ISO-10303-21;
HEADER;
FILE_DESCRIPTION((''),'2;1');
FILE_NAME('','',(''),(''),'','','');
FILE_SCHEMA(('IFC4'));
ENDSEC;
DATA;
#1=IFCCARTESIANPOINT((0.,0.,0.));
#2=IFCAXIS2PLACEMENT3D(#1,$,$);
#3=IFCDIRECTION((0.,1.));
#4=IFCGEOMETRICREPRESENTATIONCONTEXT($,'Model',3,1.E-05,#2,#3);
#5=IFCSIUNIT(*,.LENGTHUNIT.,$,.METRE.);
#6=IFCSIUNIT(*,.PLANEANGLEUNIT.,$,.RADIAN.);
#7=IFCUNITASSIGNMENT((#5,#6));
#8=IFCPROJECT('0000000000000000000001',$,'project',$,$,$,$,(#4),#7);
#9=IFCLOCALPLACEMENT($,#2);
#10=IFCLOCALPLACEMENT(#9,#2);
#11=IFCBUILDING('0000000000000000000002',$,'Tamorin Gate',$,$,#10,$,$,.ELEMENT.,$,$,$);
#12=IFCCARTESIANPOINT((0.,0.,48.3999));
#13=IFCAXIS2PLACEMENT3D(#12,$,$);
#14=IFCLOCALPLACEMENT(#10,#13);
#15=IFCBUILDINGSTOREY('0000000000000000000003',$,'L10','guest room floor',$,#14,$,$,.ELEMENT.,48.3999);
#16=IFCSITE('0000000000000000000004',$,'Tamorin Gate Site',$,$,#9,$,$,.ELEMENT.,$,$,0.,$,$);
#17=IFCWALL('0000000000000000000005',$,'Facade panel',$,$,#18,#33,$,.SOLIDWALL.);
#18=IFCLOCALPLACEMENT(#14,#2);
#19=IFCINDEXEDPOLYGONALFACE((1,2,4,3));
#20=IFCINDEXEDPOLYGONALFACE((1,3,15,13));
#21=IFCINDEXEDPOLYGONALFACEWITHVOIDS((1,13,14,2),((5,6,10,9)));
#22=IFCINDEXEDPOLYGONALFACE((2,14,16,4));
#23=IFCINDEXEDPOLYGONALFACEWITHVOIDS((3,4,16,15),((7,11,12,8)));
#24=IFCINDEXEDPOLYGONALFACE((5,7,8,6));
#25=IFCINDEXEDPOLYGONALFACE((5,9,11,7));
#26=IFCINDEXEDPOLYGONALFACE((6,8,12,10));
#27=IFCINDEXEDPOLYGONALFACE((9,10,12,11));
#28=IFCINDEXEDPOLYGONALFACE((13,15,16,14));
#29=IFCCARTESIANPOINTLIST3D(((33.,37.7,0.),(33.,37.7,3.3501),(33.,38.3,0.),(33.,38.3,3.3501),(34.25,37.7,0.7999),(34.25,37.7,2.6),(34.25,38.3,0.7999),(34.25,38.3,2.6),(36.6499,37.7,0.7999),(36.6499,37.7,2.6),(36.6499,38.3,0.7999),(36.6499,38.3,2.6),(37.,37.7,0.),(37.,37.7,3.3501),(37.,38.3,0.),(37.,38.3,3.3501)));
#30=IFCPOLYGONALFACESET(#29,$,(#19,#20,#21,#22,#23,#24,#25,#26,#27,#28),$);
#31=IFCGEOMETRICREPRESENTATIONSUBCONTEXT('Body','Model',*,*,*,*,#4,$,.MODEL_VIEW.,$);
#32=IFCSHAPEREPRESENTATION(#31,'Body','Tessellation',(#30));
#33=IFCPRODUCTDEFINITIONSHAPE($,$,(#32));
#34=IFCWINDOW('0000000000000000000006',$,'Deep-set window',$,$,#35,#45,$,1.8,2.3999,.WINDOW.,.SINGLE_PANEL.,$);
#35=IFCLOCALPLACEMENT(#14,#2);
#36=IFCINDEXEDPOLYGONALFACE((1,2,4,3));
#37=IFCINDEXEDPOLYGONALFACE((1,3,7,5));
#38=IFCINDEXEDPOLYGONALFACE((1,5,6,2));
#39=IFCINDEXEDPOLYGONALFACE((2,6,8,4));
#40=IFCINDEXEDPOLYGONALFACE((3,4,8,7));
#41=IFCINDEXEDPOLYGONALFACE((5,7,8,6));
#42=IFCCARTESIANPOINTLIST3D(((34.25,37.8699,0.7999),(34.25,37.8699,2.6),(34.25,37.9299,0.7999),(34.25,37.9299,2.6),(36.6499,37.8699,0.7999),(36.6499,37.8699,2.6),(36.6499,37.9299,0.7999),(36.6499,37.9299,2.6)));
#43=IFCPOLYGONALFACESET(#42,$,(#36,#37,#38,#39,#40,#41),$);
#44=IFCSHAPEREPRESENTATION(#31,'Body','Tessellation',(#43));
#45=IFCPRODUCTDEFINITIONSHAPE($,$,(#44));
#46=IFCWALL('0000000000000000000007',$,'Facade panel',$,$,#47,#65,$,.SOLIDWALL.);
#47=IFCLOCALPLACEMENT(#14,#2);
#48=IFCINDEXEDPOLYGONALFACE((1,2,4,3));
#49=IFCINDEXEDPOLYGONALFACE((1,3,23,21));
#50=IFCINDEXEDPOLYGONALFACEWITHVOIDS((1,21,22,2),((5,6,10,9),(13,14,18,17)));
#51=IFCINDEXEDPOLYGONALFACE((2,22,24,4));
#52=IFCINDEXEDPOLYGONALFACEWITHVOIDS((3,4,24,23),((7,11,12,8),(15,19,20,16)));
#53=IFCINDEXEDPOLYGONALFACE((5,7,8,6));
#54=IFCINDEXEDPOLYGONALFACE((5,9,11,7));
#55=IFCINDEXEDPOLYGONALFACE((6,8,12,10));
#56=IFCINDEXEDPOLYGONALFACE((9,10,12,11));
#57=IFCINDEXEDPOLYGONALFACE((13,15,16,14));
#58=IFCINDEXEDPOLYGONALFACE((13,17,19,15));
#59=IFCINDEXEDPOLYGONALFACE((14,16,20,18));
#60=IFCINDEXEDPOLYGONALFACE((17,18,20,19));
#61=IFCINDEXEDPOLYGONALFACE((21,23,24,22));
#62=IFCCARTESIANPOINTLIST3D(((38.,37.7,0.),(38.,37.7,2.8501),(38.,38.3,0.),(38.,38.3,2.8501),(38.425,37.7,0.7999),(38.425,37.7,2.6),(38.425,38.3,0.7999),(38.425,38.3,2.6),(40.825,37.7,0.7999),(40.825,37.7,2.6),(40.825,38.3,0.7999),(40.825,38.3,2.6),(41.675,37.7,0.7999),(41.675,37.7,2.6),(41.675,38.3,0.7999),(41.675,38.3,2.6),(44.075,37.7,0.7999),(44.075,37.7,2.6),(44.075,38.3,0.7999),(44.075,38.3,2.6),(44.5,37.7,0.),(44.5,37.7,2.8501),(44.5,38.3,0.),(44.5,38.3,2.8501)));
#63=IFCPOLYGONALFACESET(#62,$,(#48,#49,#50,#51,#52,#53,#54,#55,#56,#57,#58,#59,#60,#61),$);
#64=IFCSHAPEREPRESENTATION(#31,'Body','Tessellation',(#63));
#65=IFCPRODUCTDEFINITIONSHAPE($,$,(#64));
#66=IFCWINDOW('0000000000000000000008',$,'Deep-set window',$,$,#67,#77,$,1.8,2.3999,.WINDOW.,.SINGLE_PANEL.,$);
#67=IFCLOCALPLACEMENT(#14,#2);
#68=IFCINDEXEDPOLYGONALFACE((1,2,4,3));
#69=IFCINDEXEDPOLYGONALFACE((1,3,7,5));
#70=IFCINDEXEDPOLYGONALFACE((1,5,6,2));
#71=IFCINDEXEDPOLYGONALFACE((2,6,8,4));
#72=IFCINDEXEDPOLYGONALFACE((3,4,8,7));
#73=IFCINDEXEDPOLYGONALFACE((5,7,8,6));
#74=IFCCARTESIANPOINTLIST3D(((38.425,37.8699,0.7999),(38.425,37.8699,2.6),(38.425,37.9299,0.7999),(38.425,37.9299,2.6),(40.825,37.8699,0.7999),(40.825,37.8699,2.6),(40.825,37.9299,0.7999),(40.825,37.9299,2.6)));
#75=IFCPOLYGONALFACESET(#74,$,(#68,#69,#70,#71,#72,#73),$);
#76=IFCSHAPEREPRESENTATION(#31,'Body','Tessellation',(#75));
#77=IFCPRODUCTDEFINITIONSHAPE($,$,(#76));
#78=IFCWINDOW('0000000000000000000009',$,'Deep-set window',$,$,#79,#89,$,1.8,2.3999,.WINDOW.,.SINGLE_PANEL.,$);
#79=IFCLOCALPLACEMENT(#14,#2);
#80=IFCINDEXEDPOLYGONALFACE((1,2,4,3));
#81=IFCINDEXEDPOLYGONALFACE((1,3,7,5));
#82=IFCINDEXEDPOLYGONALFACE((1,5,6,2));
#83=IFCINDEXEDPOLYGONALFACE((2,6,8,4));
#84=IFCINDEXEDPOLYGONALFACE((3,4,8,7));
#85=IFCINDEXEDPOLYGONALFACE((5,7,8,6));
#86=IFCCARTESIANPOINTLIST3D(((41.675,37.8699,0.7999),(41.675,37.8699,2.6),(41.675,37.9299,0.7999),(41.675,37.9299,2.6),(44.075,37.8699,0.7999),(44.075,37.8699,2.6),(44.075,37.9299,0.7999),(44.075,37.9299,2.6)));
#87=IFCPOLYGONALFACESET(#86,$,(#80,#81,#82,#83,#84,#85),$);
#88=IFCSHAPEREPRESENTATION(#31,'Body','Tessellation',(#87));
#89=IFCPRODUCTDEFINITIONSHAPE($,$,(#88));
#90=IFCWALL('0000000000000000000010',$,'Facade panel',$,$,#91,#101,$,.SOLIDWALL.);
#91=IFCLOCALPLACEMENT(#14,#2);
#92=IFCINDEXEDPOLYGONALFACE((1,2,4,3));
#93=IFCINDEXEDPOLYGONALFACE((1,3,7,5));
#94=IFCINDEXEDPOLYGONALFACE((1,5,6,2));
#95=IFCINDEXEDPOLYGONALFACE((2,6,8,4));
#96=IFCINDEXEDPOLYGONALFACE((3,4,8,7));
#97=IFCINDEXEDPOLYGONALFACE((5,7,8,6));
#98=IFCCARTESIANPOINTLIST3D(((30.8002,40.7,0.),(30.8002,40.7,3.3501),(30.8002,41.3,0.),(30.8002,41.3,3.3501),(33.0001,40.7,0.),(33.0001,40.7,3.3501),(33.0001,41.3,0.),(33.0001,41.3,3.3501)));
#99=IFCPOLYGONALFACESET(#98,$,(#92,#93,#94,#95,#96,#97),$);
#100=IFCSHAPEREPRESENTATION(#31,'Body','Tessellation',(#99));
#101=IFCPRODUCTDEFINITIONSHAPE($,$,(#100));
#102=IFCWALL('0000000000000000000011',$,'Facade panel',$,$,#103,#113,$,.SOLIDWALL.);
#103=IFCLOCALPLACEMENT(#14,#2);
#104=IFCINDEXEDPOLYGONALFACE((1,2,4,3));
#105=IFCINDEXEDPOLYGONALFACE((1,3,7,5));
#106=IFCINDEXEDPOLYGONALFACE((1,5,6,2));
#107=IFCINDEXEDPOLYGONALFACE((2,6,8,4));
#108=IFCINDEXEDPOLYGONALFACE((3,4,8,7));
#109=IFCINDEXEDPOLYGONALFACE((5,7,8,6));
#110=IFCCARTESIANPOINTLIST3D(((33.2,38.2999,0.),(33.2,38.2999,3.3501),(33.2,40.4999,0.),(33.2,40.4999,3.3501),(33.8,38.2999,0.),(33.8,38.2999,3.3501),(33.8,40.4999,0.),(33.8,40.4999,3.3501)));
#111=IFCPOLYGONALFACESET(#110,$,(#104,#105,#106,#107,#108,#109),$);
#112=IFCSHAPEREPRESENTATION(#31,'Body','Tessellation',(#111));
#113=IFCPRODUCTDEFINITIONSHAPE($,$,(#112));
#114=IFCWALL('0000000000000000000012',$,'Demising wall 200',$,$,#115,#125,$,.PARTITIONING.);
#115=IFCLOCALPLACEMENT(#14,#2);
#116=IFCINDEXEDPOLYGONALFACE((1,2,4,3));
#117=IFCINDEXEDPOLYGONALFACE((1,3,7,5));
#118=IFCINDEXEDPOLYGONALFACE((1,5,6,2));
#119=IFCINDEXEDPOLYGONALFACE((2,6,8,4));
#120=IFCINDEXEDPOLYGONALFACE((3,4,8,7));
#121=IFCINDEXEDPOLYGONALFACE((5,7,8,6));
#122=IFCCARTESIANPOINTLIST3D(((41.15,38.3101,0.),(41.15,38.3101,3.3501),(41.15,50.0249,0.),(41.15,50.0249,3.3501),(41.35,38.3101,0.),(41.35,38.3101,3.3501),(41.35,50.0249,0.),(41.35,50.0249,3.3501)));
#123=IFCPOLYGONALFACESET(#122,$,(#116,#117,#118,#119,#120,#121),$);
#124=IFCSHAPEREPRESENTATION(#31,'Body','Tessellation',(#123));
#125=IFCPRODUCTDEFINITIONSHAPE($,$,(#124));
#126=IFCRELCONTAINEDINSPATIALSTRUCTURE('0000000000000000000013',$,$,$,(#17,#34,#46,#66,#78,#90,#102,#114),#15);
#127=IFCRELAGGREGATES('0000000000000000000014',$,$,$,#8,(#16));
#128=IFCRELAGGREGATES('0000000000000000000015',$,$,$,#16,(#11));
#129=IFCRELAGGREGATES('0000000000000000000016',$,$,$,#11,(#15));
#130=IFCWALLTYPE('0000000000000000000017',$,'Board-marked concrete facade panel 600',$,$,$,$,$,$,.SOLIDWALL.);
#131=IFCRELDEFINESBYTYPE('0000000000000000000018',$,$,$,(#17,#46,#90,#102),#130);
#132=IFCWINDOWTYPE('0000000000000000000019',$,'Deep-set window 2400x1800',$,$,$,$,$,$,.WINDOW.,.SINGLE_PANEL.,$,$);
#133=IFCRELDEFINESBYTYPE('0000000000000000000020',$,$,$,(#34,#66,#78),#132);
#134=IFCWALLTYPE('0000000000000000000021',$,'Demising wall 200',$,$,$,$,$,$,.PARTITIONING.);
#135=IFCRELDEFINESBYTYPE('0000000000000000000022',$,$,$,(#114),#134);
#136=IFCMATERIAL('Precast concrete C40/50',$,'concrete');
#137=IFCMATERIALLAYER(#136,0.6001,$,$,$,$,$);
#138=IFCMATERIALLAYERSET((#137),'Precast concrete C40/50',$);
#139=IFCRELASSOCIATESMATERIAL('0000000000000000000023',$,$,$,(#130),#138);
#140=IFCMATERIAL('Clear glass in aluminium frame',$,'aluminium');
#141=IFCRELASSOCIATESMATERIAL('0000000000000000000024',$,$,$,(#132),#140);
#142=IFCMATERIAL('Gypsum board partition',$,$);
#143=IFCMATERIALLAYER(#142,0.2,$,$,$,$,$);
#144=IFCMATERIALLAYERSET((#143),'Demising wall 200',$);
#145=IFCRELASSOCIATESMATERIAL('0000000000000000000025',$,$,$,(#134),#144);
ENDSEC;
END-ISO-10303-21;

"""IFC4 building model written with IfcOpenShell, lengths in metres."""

from ifc_helpers import new_model, si_unit, direction, frame, frame_2d, origin, place, context, subcontext, project, spatial, rectangle, extrude, material, layer, layer_set, type_object, element, fill, save


model = new_model("IFC4")

# Units and contexts
model_context = context("Model", 3, precision=1e-05, world=origin(), true_north=direction((0.0, 1.0)))
body_context = subcontext(model_context, "Body", "Model", "MODEL_VIEW")
ifc_project = project(units=[si_unit("LENGTHUNIT", "METRE"), si_unit("PLANEANGLEUNIT", "RADIAN")], contexts=[model_context])

# Site, building, storey
site_placement = place(None, origin())
site = spatial("IfcSite", under=ifc_project, at=site_placement, Name="Tamorin Gate Site", CompositionType="ELEMENT", RefElevation=0.0)
building_placement = place(site_placement, origin())
building = spatial("IfcBuilding", under=site, at=building_placement, Name="Tamorin Gate", CompositionType="ELEMENT")
storey_placement = place(building_placement, frame((0.0, 0.0, 48.3999)))
storey = spatial("IfcBuildingStorey", under=building, at=storey_placement, Name="L10", Description="guest room floor", CompositionType="ELEMENT", Elevation=48.3999)

# Wall, opening, window
ifc_material_1 = material(Name="Precast concrete C40/50", Category="concrete")
ifc_layer_1 = layer(ifc_material_1, 0.6001)
ifc_layer_set_1 = layer_set([ifc_layer_1], Name="Precast concrete C40/50")
wall_type_1 = type_object("IfcWallType", Name="Board-marked concrete facade panel 600", PredefinedType="SOLIDWALL", material=ifc_layer_set_1)
wall_1_placement = place(storey_placement, frame((33.0, 38.0, 0.0), z_axis=(0.0, 0.0, 1.0), x_axis=(1.0, 0.0, 0.0)))
wall_1 = element("IfcWall", 1, at=wall_1_placement, inside=storey, type_object=wall_type_1, Name="Facade panel", PredefinedType="SOLIDWALL", context=body_context, shape_type="SweptSolid", body=[
    extrude(rectangle(XDim=4.0, YDim=0.6001, at=frame_2d((2.0, 0.0))), origin(), (0.0, 0.0, 1.0), 3.3501),
])
opening_1_placement = place(wall_1_placement, frame((1.25, 0.0, 0.8)))
opening_1 = element("IfcOpeningElement", 2, at=opening_1_placement, cuts=wall_1, PredefinedType="OPENING", context=body_context, shape_type="SweptSolid", body=[
    extrude(rectangle(XDim=2.3999, YDim=1.8, at=frame_2d((1.2, 0.8999))), frame((0.0, 0.3101, 0.0), z_axis=(0.0, -1.0, 0.0), x_axis=(1.0, 0.0, 0.0)), (0.0, 0.0, 1.0), 0.6201),
])
ifc_material_2 = material(Name="Clear glass in aluminium frame", Category="aluminium")
window_type = type_object("IfcWindowType", Name="Deep-set window 2400x1800", PartitioningType="SINGLE_PANEL", PredefinedType="WINDOW", material=ifc_material_2)
window_1_placement = place(opening_1_placement, origin())
window_1 = element("IfcWindow", 3, at=window_1_placement, inside=storey, type_object=window_type, Name="Deep-set window", OverallHeight=1.8, OverallWidth=2.3999, PartitioningType="SINGLE_PANEL", PredefinedType="WINDOW", context=body_context, shape_type="SweptSolid", body=[
    extrude(rectangle(XDim=2.3999, YDim=1.8, at=frame_2d((1.2, 0.8999))), frame((0.0, -0.0701, 0.0), z_axis=(0.0, -1.0, 0.0), x_axis=(1.0, 0.0, 0.0)), (0.0, 0.0, 1.0), 0.0601),
])
fill(opening_1, window_1)

# Wall, openings, windows
wall_2_placement = place(storey_placement, frame((38.0, 38.0, 0.0), z_axis=(0.0, 0.0, 1.0), x_axis=(1.0, 0.0, 0.0)))
wall_2 = element("IfcWall", 4, at=wall_2_placement, inside=storey, type_object=wall_type_1, Name="Facade panel", PredefinedType="SOLIDWALL", context=body_context, shape_type="SweptSolid", body=[
    extrude(rectangle(XDim=6.5, YDim=0.6001, at=frame_2d((3.25, 0.0))), origin(), (0.0, 0.0, 1.0), 2.8501),
])
opening_2_placement = place(wall_2_placement, frame((0.425, 0.0, 0.8)))
opening_2 = element("IfcOpeningElement", 5, at=opening_2_placement, cuts=wall_2, PredefinedType="OPENING", context=body_context, shape_type="SweptSolid", body=[
    extrude(rectangle(XDim=2.3999, YDim=1.8, at=frame_2d((1.2, 0.8999))), frame((0.0, 0.3101, 0.0), z_axis=(0.0, -1.0, 0.0), x_axis=(1.0, 0.0, 0.0)), (0.0, 0.0, 1.0), 0.6201),
])
opening_3_placement = place(wall_2_placement, frame((3.675, 0.0, 0.8)))
opening_3 = element("IfcOpeningElement", 6, at=opening_3_placement, cuts=wall_2, PredefinedType="OPENING", context=body_context, shape_type="SweptSolid", body=[
    extrude(rectangle(XDim=2.3999, YDim=1.8, at=frame_2d((1.2, 0.8999))), frame((0.0, 0.3101, 0.0), z_axis=(0.0, -1.0, 0.0), x_axis=(1.0, 0.0, 0.0)), (0.0, 0.0, 1.0), 0.6201),
])
window_2_placement = place(opening_2_placement, origin())
window_2 = element("IfcWindow", 7, at=window_2_placement, inside=storey, type_object=window_type, Name="Deep-set window", OverallHeight=1.8, OverallWidth=2.3999, PartitioningType="SINGLE_PANEL", PredefinedType="WINDOW", context=body_context, shape_type="SweptSolid", body=[
    extrude(rectangle(XDim=2.3999, YDim=1.8, at=frame_2d((1.2, 0.8999))), frame((0.0, -0.0701, 0.0), z_axis=(0.0, -1.0, 0.0), x_axis=(1.0, 0.0, 0.0)), (0.0, 0.0, 1.0), 0.0601),
])
fill(opening_2, window_2)
window_3_placement = place(opening_3_placement, origin())
window_3 = element("IfcWindow", 8, at=window_3_placement, inside=storey, type_object=window_type, Name="Deep-set window", OverallHeight=1.8, OverallWidth=2.3999, PartitioningType="SINGLE_PANEL", PredefinedType="WINDOW", context=body_context, shape_type="SweptSolid", body=[
    extrude(rectangle(XDim=2.3999, YDim=1.8, at=frame_2d((1.2, 0.8999))), frame((0.0, -0.0701, 0.0), z_axis=(0.0, -1.0, 0.0), x_axis=(1.0, 0.0, 0.0)), (0.0, 0.0, 1.0), 0.0601),
])
fill(opening_3, window_3)

# Walls
for number, where, z_axis, x_axis, name in (
    (9, (30.8, 41.0, 0.0), (0.0, 0.0, 1.0), (1.0, 0.0, 0.0), "Facade panel"),
    (10, (33.5, 40.5, 0.0), (0.0, 0.0, 1.0), (0.0, -1.0, 0.0), "Facade panel"),
):
    element("IfcWall", number, at=place(storey_placement, frame(where, z_axis=z_axis, x_axis=x_axis)), inside=storey, type_object=wall_type_1, Name=name, PredefinedType="SOLIDWALL", context=body_context, shape_type="SweptSolid", body=[
        extrude(rectangle(XDim=2.2, YDim=0.6001, at=frame_2d((1.1001, 0.0))), origin(), (0.0, 0.0, 1.0), 3.3501),
    ])
ifc_material_3 = material(Name="Gypsum board partition")
ifc_layer_2 = layer(ifc_material_3, 0.2)
ifc_layer_set_2 = layer_set([ifc_layer_2], Name="Demising wall 200")
wall_type_2 = type_object("IfcWallType", Name="Demising wall 200", PredefinedType="PARTITIONING", material=ifc_layer_set_2)
wall_3_placement = place(storey_placement, frame((41.25, 38.3101, 0.0), z_axis=(0.0, 0.0, 1.0), x_axis=(0.0, 1.0, 0.0)))
element("IfcWall", 11, at=wall_3_placement, inside=storey, type_object=wall_type_2, Name="Demising wall 200", PredefinedType="PARTITIONING", context=body_context, shape_type="SweptSolid", body=[
    extrude(rectangle(XDim=11.7148, YDim=0.2, at=frame_2d((5.8574, 0.0))), origin(), (0.0, 0.0, 1.0), 3.3501),
])

save(model, "model.ifc")
